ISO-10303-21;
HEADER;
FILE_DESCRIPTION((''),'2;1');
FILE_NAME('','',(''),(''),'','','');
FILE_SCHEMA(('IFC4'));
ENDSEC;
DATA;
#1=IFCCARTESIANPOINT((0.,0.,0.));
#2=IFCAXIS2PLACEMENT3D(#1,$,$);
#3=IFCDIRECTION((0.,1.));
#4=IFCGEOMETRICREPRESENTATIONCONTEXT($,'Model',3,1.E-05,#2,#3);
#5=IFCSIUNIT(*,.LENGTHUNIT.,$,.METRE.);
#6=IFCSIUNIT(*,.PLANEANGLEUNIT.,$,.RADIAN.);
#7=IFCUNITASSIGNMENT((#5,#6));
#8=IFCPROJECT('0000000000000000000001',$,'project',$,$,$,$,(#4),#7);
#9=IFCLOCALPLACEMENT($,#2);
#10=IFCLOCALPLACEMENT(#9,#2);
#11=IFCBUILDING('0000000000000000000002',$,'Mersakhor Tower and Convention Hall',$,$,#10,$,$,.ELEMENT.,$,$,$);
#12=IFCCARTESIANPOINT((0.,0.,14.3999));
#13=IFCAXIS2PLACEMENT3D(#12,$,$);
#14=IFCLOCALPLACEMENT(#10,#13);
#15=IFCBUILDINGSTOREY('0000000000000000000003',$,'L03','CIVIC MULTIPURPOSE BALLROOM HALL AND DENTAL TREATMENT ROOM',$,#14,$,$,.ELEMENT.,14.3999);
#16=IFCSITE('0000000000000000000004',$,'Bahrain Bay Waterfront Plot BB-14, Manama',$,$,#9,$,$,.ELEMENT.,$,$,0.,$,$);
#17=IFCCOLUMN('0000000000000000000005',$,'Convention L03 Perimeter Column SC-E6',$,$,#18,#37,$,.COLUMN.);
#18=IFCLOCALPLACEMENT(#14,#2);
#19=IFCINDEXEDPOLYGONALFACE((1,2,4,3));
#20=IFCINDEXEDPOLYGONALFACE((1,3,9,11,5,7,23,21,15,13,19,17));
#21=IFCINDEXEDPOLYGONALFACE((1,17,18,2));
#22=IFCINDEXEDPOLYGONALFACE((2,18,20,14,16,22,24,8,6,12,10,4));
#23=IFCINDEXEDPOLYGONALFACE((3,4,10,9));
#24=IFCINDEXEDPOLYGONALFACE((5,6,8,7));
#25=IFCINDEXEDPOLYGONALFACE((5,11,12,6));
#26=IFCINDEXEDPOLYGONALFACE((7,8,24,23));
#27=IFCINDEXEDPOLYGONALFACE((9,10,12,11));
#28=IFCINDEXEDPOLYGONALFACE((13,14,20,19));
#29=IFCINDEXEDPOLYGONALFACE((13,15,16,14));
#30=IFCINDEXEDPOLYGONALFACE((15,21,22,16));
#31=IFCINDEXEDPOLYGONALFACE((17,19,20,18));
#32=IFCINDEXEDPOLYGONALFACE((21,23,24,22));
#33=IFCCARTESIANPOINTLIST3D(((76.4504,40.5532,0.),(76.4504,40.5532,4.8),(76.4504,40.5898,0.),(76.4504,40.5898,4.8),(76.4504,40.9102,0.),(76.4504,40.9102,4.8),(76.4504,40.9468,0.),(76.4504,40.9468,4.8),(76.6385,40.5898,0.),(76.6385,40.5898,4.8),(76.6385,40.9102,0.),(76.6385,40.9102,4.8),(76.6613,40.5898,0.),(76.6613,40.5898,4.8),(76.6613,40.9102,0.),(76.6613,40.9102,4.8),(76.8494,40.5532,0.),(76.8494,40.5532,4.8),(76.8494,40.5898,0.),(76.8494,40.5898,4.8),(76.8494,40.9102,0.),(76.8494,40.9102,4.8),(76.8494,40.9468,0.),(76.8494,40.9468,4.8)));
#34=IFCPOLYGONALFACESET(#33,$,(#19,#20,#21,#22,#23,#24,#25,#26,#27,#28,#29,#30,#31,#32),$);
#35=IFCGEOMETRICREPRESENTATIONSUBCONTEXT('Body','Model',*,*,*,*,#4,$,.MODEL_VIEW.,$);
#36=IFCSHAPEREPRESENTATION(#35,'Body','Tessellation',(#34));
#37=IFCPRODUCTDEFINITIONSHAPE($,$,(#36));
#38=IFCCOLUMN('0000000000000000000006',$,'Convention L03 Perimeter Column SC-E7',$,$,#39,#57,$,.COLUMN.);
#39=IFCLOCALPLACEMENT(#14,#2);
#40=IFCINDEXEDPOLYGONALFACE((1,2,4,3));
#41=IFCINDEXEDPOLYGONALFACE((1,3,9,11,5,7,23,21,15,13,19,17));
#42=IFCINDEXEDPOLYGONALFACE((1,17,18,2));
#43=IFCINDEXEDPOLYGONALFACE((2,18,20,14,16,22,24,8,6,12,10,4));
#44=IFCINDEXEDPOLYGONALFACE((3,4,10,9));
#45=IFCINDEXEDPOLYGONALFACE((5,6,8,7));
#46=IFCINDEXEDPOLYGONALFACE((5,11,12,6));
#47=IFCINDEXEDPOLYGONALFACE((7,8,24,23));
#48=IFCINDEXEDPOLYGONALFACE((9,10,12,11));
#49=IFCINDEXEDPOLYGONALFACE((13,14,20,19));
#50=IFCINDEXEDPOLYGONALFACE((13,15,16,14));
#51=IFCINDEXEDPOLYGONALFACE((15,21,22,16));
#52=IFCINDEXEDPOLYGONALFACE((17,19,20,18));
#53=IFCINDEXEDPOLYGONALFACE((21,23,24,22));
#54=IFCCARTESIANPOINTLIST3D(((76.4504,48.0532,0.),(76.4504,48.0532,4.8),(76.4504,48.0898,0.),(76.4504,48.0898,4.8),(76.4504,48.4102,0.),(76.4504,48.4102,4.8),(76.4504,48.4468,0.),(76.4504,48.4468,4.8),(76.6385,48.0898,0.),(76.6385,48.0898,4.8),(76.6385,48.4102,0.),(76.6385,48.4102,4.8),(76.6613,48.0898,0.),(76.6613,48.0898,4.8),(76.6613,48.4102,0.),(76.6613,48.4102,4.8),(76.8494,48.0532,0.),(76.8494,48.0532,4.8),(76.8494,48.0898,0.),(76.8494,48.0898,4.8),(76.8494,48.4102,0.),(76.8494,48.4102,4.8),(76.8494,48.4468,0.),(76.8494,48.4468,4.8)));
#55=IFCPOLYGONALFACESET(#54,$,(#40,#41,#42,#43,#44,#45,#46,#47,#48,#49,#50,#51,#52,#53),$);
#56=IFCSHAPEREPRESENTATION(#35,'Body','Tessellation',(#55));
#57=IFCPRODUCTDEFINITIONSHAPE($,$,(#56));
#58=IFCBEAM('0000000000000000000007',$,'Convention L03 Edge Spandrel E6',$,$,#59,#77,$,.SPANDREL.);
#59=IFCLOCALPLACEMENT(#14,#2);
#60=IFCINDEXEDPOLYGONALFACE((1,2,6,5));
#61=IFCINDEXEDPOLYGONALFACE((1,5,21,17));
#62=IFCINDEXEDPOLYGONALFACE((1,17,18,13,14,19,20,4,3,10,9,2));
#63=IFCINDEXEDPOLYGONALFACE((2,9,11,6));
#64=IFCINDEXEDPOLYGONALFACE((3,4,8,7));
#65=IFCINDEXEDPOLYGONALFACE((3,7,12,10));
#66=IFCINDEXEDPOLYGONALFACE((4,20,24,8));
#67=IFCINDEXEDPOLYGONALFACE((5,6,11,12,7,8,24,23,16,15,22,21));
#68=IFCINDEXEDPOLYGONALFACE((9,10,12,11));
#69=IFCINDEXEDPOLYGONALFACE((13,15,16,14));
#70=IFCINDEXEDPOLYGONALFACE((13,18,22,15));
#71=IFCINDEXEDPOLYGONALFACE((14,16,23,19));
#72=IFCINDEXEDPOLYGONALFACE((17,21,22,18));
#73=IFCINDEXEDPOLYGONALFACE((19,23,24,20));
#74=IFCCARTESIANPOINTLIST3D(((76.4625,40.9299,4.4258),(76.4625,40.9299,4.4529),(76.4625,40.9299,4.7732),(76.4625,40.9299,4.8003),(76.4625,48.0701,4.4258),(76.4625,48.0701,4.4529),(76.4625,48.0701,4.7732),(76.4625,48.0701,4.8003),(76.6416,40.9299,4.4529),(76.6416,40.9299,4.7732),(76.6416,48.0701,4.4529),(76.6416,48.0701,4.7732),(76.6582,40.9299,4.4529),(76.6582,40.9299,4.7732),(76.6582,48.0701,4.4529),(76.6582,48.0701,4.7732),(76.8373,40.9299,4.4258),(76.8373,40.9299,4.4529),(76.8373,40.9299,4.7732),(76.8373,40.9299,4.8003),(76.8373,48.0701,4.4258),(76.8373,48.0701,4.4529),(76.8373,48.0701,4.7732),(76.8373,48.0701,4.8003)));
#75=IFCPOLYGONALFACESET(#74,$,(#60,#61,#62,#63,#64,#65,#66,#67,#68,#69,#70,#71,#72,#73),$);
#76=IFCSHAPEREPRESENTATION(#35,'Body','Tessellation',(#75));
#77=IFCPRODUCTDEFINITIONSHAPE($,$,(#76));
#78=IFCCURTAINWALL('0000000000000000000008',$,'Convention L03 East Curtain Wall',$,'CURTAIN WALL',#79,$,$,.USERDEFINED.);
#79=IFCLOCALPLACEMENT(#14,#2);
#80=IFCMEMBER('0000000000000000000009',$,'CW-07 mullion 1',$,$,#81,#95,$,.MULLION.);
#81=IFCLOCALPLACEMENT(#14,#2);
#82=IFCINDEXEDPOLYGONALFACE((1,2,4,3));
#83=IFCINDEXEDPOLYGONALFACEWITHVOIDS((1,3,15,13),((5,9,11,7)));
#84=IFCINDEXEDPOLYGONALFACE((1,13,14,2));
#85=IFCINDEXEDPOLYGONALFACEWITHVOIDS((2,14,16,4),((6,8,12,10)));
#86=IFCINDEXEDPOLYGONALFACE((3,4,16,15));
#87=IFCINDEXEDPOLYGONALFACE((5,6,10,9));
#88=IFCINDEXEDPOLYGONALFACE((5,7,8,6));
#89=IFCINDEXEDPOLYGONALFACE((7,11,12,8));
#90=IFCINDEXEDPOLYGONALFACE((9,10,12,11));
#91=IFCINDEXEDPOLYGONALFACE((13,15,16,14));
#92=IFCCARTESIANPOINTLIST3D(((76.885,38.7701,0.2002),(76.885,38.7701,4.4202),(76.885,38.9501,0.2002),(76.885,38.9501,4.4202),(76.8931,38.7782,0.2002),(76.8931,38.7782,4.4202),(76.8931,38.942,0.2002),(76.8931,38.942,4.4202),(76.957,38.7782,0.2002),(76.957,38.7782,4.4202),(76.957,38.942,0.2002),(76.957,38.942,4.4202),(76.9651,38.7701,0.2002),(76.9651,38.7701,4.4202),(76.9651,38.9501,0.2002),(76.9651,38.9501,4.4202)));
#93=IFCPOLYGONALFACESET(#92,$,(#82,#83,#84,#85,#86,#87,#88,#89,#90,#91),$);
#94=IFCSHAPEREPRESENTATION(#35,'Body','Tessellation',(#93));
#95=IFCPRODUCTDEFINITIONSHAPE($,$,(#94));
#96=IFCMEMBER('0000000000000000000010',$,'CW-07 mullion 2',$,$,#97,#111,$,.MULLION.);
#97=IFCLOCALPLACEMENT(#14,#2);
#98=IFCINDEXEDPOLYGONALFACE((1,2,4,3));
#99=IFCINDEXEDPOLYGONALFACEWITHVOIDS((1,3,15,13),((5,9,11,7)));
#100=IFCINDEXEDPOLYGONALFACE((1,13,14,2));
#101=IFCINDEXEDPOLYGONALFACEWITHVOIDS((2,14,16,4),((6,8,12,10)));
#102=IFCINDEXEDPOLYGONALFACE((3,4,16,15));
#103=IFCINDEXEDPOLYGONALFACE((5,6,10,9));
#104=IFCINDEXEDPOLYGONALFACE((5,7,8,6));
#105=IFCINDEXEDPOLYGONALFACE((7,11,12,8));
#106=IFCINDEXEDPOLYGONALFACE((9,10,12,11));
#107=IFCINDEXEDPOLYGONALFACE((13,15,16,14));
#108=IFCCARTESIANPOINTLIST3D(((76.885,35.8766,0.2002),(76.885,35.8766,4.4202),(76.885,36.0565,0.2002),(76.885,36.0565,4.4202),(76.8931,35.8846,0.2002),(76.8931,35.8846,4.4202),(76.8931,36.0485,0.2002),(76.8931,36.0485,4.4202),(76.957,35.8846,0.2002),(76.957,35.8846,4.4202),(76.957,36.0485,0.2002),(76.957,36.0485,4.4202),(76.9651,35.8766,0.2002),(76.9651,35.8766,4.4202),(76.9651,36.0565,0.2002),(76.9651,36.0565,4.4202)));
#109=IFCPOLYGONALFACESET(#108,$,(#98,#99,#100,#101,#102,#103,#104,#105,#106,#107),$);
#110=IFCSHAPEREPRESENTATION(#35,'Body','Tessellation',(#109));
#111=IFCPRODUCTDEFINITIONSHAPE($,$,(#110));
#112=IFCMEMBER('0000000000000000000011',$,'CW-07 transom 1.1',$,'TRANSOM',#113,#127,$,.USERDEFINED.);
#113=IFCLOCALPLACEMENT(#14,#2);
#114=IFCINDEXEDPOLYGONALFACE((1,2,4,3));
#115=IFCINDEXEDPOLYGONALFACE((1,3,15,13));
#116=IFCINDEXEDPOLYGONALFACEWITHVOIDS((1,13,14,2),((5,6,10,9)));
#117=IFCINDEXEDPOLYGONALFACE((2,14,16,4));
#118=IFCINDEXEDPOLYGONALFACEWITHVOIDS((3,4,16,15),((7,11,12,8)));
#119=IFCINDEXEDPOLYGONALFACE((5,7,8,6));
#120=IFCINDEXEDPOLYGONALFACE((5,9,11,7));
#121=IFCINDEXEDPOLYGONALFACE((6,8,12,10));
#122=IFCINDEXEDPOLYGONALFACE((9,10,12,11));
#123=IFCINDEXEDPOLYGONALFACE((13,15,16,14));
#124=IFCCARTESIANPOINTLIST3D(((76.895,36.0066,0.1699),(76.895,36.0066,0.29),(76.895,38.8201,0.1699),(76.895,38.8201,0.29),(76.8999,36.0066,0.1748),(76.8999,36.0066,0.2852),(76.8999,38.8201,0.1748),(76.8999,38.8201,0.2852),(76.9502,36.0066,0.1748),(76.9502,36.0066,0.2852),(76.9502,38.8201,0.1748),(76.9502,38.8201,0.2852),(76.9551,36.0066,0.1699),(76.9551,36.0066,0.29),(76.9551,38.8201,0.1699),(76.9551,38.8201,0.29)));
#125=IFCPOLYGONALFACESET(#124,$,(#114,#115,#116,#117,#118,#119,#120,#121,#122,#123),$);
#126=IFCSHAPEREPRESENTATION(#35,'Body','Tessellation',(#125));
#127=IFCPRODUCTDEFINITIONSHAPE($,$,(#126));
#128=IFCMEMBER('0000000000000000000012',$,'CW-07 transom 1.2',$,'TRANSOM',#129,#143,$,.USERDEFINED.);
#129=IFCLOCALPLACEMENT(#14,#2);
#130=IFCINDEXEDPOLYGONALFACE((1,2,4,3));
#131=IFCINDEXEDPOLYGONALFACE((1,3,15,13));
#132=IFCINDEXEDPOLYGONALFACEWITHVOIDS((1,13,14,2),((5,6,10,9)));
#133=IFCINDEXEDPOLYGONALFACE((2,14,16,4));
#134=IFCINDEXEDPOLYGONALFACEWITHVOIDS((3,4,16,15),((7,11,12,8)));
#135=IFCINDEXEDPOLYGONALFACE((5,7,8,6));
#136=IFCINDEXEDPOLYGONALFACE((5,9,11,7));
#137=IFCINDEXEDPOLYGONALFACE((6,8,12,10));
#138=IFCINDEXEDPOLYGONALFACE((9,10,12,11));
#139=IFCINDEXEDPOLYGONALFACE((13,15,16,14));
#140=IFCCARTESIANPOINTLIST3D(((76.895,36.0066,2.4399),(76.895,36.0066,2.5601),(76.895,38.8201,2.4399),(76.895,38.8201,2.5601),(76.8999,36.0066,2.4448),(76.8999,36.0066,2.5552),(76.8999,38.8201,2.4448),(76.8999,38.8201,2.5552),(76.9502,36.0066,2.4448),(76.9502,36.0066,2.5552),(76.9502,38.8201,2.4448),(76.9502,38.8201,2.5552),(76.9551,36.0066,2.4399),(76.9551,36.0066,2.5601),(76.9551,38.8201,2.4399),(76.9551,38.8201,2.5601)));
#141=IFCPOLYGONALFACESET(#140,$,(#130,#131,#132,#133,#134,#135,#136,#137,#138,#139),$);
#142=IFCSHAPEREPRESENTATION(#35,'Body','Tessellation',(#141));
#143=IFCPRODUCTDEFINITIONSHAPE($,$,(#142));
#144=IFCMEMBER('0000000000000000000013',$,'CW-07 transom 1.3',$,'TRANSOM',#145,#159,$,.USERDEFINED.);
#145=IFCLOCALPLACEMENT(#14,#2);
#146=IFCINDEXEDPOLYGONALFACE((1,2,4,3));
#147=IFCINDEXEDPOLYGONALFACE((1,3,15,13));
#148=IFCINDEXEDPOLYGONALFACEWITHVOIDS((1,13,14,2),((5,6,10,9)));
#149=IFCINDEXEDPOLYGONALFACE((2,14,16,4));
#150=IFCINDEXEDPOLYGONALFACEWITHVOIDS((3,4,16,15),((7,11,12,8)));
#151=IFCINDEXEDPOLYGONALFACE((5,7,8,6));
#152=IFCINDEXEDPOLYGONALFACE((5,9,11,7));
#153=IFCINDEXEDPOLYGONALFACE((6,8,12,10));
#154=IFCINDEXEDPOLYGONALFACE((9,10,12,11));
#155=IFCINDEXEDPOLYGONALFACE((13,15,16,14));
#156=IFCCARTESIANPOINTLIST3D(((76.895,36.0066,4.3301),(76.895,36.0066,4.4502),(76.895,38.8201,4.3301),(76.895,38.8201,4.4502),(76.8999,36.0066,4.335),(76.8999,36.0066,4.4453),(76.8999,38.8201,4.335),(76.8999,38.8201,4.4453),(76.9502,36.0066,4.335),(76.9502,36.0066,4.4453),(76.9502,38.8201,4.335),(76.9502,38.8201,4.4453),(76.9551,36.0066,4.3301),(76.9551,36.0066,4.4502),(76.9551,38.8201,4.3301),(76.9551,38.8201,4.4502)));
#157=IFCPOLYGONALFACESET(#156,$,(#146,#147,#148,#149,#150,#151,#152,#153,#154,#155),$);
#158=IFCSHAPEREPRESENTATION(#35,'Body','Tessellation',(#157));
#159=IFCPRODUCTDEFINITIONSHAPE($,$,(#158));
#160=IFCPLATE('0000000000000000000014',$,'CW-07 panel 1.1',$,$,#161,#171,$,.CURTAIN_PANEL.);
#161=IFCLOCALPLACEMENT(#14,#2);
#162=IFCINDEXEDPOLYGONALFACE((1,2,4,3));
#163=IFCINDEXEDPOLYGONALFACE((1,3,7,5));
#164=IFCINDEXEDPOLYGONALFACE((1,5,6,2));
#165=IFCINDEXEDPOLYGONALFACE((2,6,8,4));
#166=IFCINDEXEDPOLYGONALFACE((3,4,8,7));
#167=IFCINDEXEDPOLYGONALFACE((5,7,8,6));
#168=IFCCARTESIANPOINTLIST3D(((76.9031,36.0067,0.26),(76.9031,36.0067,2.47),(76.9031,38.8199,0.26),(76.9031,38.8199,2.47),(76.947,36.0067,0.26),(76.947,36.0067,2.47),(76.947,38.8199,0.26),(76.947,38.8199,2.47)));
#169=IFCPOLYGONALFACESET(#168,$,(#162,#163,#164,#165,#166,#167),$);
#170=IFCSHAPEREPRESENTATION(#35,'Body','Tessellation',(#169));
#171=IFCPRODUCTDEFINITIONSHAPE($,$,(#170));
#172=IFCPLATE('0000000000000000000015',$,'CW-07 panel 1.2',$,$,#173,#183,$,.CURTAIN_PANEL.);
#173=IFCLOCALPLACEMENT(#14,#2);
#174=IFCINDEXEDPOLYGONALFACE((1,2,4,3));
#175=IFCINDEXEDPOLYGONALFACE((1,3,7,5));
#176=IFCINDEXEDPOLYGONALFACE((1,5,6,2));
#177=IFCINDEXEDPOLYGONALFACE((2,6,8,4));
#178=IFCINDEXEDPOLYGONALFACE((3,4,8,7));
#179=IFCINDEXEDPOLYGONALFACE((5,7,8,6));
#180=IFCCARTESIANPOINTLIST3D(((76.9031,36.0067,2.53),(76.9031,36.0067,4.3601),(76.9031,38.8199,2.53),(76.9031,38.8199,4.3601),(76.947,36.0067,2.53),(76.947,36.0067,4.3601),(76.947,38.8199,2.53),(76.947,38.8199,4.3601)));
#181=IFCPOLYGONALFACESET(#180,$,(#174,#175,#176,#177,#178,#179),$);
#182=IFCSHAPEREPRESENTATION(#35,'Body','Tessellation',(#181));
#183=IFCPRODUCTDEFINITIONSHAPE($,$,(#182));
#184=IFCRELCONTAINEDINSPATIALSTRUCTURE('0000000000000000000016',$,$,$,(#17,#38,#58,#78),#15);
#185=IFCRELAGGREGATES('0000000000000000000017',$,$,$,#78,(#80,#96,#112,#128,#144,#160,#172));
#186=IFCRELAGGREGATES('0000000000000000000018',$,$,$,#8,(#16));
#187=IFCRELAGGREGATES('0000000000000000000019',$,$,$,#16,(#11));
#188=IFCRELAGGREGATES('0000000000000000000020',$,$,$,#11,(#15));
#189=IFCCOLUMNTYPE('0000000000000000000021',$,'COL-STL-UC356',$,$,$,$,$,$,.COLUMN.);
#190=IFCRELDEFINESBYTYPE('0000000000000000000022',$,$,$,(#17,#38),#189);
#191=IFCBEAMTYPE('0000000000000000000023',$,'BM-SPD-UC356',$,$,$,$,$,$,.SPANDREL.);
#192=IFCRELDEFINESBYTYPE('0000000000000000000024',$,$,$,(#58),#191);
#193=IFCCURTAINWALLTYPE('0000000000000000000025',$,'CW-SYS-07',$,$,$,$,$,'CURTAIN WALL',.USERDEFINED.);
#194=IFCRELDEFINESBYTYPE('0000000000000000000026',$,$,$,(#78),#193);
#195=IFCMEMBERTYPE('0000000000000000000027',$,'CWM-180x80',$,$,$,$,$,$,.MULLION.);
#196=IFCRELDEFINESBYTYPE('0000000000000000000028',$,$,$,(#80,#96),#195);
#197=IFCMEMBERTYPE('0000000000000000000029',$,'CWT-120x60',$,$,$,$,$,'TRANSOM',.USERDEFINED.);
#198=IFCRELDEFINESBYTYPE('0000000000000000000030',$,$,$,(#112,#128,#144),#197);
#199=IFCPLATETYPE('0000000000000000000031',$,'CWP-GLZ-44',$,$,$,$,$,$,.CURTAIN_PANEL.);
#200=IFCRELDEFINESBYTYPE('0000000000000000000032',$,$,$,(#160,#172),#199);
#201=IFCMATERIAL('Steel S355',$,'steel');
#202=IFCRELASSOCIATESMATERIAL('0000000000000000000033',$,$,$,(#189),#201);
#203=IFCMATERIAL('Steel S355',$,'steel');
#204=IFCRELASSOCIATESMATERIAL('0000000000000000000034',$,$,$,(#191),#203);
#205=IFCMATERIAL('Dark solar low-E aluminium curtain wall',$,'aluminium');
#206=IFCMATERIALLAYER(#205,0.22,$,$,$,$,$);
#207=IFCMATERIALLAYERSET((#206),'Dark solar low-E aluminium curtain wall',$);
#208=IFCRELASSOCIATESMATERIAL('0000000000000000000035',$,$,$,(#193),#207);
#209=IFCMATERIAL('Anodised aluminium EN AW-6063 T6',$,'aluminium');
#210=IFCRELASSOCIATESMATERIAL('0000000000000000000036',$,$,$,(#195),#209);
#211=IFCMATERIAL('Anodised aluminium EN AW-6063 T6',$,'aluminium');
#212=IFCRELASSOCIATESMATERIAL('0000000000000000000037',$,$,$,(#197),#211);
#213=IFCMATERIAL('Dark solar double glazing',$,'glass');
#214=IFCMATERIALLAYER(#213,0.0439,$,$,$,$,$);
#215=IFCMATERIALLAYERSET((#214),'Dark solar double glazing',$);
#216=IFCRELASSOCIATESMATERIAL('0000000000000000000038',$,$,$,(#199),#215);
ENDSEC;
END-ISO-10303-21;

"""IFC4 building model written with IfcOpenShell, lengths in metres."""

from ifc_helpers import new_model, si_unit, direction, frame, origin, origin_2d, place, context, subcontext, project, spatial, rectangle, hollow_rectangle, i_section, extrude, material, layer, layer_set, material_profile, profile_set, type_object, element, aggregate, save


model = new_model("IFC4")

# Units and contexts
model_context = context("Model", 3, precision=1e-05, world=origin(), true_north=direction((0.0, 1.0)))
body_context = subcontext(model_context, "Body", "Model", "MODEL_VIEW")
ifc_project = project(units=[si_unit("LENGTHUNIT", "METRE"), si_unit("PLANEANGLEUNIT", "RADIAN")], contexts=[model_context])

# Site, building, storey
site_placement = place(None, origin())
site = spatial("IfcSite", under=ifc_project, at=site_placement, Name="Bahrain Bay Waterfront Plot BB-14, Manama", CompositionType="ELEMENT", RefElevation=0.0)
building_placement = place(site_placement, origin())
building = spatial("IfcBuilding", under=site, at=building_placement, Name="Mersakhor Tower and Convention Hall", CompositionType="ELEMENT")
storey_placement = place(building_placement, frame((0.0, 0.0, 14.3999)))
storey = spatial("IfcBuildingStorey", under=building, at=storey_placement, Name="L03", Description="CIVIC MULTIPURPOSE BALLROOM HALL AND DENTAL TREATMENT ROOM", CompositionType="ELEMENT", Elevation=14.3999)

# Columns
ifc_material_1 = material(Name="Steel S355", Category="steel")
ifc_material_profile_1 = material_profile(ifc_material_1, i_section(OverallWidth=0.3989, OverallDepth=0.3936, WebThickness=0.0227, FlangeThickness=0.0366, at=origin_2d()), Name="UC 356x406x287")
ifc_profile_set_1 = profile_set([ifc_material_profile_1], Name="Steel S355")
column_type = type_object("IfcColumnType", Name="COL-STL-UC356", PredefinedType="COLUMN", material=ifc_profile_set_1)
for number, where, z_axis, x_axis, name in (
    (1, (76.6499, 40.75, 0.0), (0.0, 0.0, 1.0), (1.0, 0.0, 0.0), "Convention L03 Perimeter Column SC-E6"),
    (2, (76.6499, 48.25, 0.0), (0.0, 0.0, 1.0), (1.0, 0.0, 0.0), "Convention L03 Perimeter Column SC-E7"),
):
    element("IfcColumn", number, at=place(storey_placement, frame(where, z_axis=z_axis, x_axis=x_axis)), inside=storey, type_object=column_type, Name=name, PredefinedType="COLUMN", context=body_context, shape_type="SweptSolid", body=[
        extrude(i_section(OverallWidth=0.3989, OverallDepth=0.3936, WebThickness=0.0227, FlangeThickness=0.0366, at=origin_2d()), origin(), (0.0, 0.0, 1.0), 4.8),
    ])

# Beam
ifc_material_2 = material(Name="Steel S355", Category="steel")
ifc_material_profile_2 = material_profile(ifc_material_2, i_section(OverallWidth=0.3748, OverallDepth=0.3745, WebThickness=0.0166, FlangeThickness=0.0271, at=origin_2d()), Name="UC 356x368x202")
ifc_profile_set_2 = profile_set([ifc_material_profile_2], Name="Steel S355")
beam_type = type_object("IfcBeamType", Name="BM-SPD-UC356", PredefinedType="SPANDREL", material=ifc_profile_set_2)
beam_placement = place(storey_placement, frame((76.6499, 40.9299, 4.613), z_axis=(0.0, 1.0, 0.0), x_axis=(-1.0, 0.0, 0.0)))
element("IfcBeam", 3, at=beam_placement, inside=storey, type_object=beam_type, Name="Convention L03 Edge Spandrel E6", PredefinedType="SPANDREL", context=body_context, shape_type="SweptSolid", body=[
    extrude(i_section(OverallWidth=0.3748, OverallDepth=0.3745, WebThickness=0.0166, FlangeThickness=0.0271, at=origin_2d()), origin(), (0.0, 0.0, 1.0), 7.1401),
])

# Curtain wall, members, plates
ifc_material_3 = material(Name="Dark solar low-E aluminium curtain wall", Category="aluminium")
ifc_layer_1 = layer(ifc_material_3, 0.22)
ifc_layer_set_1 = layer_set([ifc_layer_1], Name="Dark solar low-E aluminium curtain wall")
curtain_wall_type = type_object("IfcCurtainWallType", Name="CW-SYS-07", ElementType="CURTAIN WALL", PredefinedType="USERDEFINED", material=ifc_layer_set_1)
curtain_wall_placement = place(storey_placement, origin())
curtain_wall = element("IfcCurtainWall", 4, at=curtain_wall_placement, inside=storey, type_object=curtain_wall_type, Name="Convention L03 East Curtain Wall", ObjectType="CURTAIN WALL", PredefinedType="USERDEFINED")
ifc_material_4 = material(Name="Anodised aluminium EN AW-6063 T6", Category="aluminium")
ifc_material_profile_3 = material_profile(ifc_material_4, hollow_rectangle(XDim=0.0801, YDim=0.1799, WallThickness=0.0081, at=origin_2d()), Name="RHS 180x80x8")
ifc_profile_set_3 = profile_set([ifc_material_profile_3], Name="Anodised aluminium EN AW-6063 T6")
member_type_1 = type_object("IfcMemberType", Name="CWM-180x80", PredefinedType="MULLION", material=ifc_profile_set_3)
member_1_placement = place(storey_placement, frame((76.925, 38.8601, 0.2002), z_axis=(0.0, 0.0, 1.0), x_axis=(1.0, 0.0, 0.0)))
member_1 = element("IfcMember", 5, at=member_1_placement, type_object=member_type_1, Name="CW-07 mullion 1", PredefinedType="MULLION", context=body_context, shape_type="SweptSolid", body=[
    extrude(hollow_rectangle(XDim=0.0801, YDim=0.1799, WallThickness=0.0081, at=origin_2d()), origin(), (0.0, 0.0, 1.0), 4.22),
])
member_2_placement = place(storey_placement, frame((76.925, 35.9666, 0.2002), z_axis=(0.0, 0.0, 1.0), x_axis=(1.0, 0.0, 0.0)))
member_2 = element("IfcMember", 6, at=member_2_placement, type_object=member_type_1, Name="CW-07 mullion 2", PredefinedType="MULLION", context=body_context, shape_type="SweptSolid", body=[
    extrude(hollow_rectangle(XDim=0.0801, YDim=0.1799, WallThickness=0.0081, at=origin_2d()), origin(), (0.0, 0.0, 1.0), 4.22),
])
ifc_material_5 = material(Name="Anodised aluminium EN AW-6063 T6", Category="aluminium")
ifc_material_profile_4 = material_profile(ifc_material_5, hollow_rectangle(XDim=0.0601, YDim=0.1201, WallThickness=0.0049, at=origin_2d()), Name="RHS 120x60x5")
ifc_profile_set_4 = profile_set([ifc_material_profile_4], Name="Anodised aluminium EN AW-6063 T6")
member_type_2 = type_object("IfcMemberType", Name="CWT-120x60", ElementType="TRANSOM", PredefinedType="USERDEFINED", material=ifc_profile_set_4)
member_3_placement = place(storey_placement, frame((76.925, 38.8201, 0.23), z_axis=(0.0, -1.0, 0.0), x_axis=(1.0, 0.0, 0.0)))
member_3 = element("IfcMember", 7, at=member_3_placement, type_object=member_type_2, Name="CW-07 transom 1.1", ObjectType="TRANSOM", PredefinedType="USERDEFINED", context=body_context, shape_type="SweptSolid", body=[
    extrude(hollow_rectangle(XDim=0.0601, YDim=0.1201, WallThickness=0.0049, at=origin_2d()), origin(), (0.0, 0.0, 1.0), 2.8135),
])
member_4_placement = place(storey_placement, frame((76.925, 38.8201, 2.5), z_axis=(0.0, -1.0, 0.0), x_axis=(1.0, 0.0, 0.0)))
member_4 = element("IfcMember", 8, at=member_4_placement, type_object=member_type_2, Name="CW-07 transom 1.2", ObjectType="TRANSOM", PredefinedType="USERDEFINED", context=body_context, shape_type="SweptSolid", body=[
    extrude(hollow_rectangle(XDim=0.0601, YDim=0.1201, WallThickness=0.0049, at=origin_2d()), origin(), (0.0, 0.0, 1.0), 2.8135),
])
member_5_placement = place(storey_placement, frame((76.925, 38.8201, 4.3901), z_axis=(0.0, -1.0, 0.0), x_axis=(1.0, 0.0, 0.0)))
member_5 = element("IfcMember", 9, at=member_5_placement, type_object=member_type_2, Name="CW-07 transom 1.3", ObjectType="TRANSOM", PredefinedType="USERDEFINED", context=body_context, shape_type="SweptSolid", body=[
    extrude(hollow_rectangle(XDim=0.0601, YDim=0.1201, WallThickness=0.0049, at=origin_2d()), origin(), (0.0, 0.0, 1.0), 2.8135),
])
ifc_material_6 = material(Name="Dark solar double glazing", Category="glass")
ifc_layer_2 = layer(ifc_material_6, 0.0439)
ifc_layer_set_2 = layer_set([ifc_layer_2], Name="Dark solar double glazing")
plate_type = type_object("IfcPlateType", Name="CWP-GLZ-44", PredefinedType="CURTAIN_PANEL", material=ifc_layer_set_2)
plate_1_placement = place(storey_placement, frame((76.925, 37.4133, 0.26), z_axis=(0.0, 0.0, 1.0), x_axis=(0.0, -1.0, 0.0)))
plate_1 = element("IfcPlate", 10, at=plate_1_placement, type_object=plate_type, Name="CW-07 panel 1.1", PredefinedType="CURTAIN_PANEL", context=body_context, shape_type="SweptSolid", body=[
    extrude(rectangle(XDim=2.8132, YDim=0.0439, at=origin_2d()), origin(), (0.0, 0.0, 1.0), 2.21),
])
plate_2_placement = place(storey_placement, frame((76.925, 37.4133, 2.53), z_axis=(0.0, 0.0, 1.0), x_axis=(0.0, -1.0, 0.0)))
plate_2 = element("IfcPlate", 11, at=plate_2_placement, type_object=plate_type, Name="CW-07 panel 1.2", PredefinedType="CURTAIN_PANEL", context=body_context, shape_type="SweptSolid", body=[
    extrude(rectangle(XDim=2.8132, YDim=0.0439, at=origin_2d()), origin(), (0.0, 0.0, 1.0), 1.8301),
])
aggregate(curtain_wall, [member_1, member_2, member_3, member_4, member_5, plate_1, plate_2])

save(model, "model.ifc")
